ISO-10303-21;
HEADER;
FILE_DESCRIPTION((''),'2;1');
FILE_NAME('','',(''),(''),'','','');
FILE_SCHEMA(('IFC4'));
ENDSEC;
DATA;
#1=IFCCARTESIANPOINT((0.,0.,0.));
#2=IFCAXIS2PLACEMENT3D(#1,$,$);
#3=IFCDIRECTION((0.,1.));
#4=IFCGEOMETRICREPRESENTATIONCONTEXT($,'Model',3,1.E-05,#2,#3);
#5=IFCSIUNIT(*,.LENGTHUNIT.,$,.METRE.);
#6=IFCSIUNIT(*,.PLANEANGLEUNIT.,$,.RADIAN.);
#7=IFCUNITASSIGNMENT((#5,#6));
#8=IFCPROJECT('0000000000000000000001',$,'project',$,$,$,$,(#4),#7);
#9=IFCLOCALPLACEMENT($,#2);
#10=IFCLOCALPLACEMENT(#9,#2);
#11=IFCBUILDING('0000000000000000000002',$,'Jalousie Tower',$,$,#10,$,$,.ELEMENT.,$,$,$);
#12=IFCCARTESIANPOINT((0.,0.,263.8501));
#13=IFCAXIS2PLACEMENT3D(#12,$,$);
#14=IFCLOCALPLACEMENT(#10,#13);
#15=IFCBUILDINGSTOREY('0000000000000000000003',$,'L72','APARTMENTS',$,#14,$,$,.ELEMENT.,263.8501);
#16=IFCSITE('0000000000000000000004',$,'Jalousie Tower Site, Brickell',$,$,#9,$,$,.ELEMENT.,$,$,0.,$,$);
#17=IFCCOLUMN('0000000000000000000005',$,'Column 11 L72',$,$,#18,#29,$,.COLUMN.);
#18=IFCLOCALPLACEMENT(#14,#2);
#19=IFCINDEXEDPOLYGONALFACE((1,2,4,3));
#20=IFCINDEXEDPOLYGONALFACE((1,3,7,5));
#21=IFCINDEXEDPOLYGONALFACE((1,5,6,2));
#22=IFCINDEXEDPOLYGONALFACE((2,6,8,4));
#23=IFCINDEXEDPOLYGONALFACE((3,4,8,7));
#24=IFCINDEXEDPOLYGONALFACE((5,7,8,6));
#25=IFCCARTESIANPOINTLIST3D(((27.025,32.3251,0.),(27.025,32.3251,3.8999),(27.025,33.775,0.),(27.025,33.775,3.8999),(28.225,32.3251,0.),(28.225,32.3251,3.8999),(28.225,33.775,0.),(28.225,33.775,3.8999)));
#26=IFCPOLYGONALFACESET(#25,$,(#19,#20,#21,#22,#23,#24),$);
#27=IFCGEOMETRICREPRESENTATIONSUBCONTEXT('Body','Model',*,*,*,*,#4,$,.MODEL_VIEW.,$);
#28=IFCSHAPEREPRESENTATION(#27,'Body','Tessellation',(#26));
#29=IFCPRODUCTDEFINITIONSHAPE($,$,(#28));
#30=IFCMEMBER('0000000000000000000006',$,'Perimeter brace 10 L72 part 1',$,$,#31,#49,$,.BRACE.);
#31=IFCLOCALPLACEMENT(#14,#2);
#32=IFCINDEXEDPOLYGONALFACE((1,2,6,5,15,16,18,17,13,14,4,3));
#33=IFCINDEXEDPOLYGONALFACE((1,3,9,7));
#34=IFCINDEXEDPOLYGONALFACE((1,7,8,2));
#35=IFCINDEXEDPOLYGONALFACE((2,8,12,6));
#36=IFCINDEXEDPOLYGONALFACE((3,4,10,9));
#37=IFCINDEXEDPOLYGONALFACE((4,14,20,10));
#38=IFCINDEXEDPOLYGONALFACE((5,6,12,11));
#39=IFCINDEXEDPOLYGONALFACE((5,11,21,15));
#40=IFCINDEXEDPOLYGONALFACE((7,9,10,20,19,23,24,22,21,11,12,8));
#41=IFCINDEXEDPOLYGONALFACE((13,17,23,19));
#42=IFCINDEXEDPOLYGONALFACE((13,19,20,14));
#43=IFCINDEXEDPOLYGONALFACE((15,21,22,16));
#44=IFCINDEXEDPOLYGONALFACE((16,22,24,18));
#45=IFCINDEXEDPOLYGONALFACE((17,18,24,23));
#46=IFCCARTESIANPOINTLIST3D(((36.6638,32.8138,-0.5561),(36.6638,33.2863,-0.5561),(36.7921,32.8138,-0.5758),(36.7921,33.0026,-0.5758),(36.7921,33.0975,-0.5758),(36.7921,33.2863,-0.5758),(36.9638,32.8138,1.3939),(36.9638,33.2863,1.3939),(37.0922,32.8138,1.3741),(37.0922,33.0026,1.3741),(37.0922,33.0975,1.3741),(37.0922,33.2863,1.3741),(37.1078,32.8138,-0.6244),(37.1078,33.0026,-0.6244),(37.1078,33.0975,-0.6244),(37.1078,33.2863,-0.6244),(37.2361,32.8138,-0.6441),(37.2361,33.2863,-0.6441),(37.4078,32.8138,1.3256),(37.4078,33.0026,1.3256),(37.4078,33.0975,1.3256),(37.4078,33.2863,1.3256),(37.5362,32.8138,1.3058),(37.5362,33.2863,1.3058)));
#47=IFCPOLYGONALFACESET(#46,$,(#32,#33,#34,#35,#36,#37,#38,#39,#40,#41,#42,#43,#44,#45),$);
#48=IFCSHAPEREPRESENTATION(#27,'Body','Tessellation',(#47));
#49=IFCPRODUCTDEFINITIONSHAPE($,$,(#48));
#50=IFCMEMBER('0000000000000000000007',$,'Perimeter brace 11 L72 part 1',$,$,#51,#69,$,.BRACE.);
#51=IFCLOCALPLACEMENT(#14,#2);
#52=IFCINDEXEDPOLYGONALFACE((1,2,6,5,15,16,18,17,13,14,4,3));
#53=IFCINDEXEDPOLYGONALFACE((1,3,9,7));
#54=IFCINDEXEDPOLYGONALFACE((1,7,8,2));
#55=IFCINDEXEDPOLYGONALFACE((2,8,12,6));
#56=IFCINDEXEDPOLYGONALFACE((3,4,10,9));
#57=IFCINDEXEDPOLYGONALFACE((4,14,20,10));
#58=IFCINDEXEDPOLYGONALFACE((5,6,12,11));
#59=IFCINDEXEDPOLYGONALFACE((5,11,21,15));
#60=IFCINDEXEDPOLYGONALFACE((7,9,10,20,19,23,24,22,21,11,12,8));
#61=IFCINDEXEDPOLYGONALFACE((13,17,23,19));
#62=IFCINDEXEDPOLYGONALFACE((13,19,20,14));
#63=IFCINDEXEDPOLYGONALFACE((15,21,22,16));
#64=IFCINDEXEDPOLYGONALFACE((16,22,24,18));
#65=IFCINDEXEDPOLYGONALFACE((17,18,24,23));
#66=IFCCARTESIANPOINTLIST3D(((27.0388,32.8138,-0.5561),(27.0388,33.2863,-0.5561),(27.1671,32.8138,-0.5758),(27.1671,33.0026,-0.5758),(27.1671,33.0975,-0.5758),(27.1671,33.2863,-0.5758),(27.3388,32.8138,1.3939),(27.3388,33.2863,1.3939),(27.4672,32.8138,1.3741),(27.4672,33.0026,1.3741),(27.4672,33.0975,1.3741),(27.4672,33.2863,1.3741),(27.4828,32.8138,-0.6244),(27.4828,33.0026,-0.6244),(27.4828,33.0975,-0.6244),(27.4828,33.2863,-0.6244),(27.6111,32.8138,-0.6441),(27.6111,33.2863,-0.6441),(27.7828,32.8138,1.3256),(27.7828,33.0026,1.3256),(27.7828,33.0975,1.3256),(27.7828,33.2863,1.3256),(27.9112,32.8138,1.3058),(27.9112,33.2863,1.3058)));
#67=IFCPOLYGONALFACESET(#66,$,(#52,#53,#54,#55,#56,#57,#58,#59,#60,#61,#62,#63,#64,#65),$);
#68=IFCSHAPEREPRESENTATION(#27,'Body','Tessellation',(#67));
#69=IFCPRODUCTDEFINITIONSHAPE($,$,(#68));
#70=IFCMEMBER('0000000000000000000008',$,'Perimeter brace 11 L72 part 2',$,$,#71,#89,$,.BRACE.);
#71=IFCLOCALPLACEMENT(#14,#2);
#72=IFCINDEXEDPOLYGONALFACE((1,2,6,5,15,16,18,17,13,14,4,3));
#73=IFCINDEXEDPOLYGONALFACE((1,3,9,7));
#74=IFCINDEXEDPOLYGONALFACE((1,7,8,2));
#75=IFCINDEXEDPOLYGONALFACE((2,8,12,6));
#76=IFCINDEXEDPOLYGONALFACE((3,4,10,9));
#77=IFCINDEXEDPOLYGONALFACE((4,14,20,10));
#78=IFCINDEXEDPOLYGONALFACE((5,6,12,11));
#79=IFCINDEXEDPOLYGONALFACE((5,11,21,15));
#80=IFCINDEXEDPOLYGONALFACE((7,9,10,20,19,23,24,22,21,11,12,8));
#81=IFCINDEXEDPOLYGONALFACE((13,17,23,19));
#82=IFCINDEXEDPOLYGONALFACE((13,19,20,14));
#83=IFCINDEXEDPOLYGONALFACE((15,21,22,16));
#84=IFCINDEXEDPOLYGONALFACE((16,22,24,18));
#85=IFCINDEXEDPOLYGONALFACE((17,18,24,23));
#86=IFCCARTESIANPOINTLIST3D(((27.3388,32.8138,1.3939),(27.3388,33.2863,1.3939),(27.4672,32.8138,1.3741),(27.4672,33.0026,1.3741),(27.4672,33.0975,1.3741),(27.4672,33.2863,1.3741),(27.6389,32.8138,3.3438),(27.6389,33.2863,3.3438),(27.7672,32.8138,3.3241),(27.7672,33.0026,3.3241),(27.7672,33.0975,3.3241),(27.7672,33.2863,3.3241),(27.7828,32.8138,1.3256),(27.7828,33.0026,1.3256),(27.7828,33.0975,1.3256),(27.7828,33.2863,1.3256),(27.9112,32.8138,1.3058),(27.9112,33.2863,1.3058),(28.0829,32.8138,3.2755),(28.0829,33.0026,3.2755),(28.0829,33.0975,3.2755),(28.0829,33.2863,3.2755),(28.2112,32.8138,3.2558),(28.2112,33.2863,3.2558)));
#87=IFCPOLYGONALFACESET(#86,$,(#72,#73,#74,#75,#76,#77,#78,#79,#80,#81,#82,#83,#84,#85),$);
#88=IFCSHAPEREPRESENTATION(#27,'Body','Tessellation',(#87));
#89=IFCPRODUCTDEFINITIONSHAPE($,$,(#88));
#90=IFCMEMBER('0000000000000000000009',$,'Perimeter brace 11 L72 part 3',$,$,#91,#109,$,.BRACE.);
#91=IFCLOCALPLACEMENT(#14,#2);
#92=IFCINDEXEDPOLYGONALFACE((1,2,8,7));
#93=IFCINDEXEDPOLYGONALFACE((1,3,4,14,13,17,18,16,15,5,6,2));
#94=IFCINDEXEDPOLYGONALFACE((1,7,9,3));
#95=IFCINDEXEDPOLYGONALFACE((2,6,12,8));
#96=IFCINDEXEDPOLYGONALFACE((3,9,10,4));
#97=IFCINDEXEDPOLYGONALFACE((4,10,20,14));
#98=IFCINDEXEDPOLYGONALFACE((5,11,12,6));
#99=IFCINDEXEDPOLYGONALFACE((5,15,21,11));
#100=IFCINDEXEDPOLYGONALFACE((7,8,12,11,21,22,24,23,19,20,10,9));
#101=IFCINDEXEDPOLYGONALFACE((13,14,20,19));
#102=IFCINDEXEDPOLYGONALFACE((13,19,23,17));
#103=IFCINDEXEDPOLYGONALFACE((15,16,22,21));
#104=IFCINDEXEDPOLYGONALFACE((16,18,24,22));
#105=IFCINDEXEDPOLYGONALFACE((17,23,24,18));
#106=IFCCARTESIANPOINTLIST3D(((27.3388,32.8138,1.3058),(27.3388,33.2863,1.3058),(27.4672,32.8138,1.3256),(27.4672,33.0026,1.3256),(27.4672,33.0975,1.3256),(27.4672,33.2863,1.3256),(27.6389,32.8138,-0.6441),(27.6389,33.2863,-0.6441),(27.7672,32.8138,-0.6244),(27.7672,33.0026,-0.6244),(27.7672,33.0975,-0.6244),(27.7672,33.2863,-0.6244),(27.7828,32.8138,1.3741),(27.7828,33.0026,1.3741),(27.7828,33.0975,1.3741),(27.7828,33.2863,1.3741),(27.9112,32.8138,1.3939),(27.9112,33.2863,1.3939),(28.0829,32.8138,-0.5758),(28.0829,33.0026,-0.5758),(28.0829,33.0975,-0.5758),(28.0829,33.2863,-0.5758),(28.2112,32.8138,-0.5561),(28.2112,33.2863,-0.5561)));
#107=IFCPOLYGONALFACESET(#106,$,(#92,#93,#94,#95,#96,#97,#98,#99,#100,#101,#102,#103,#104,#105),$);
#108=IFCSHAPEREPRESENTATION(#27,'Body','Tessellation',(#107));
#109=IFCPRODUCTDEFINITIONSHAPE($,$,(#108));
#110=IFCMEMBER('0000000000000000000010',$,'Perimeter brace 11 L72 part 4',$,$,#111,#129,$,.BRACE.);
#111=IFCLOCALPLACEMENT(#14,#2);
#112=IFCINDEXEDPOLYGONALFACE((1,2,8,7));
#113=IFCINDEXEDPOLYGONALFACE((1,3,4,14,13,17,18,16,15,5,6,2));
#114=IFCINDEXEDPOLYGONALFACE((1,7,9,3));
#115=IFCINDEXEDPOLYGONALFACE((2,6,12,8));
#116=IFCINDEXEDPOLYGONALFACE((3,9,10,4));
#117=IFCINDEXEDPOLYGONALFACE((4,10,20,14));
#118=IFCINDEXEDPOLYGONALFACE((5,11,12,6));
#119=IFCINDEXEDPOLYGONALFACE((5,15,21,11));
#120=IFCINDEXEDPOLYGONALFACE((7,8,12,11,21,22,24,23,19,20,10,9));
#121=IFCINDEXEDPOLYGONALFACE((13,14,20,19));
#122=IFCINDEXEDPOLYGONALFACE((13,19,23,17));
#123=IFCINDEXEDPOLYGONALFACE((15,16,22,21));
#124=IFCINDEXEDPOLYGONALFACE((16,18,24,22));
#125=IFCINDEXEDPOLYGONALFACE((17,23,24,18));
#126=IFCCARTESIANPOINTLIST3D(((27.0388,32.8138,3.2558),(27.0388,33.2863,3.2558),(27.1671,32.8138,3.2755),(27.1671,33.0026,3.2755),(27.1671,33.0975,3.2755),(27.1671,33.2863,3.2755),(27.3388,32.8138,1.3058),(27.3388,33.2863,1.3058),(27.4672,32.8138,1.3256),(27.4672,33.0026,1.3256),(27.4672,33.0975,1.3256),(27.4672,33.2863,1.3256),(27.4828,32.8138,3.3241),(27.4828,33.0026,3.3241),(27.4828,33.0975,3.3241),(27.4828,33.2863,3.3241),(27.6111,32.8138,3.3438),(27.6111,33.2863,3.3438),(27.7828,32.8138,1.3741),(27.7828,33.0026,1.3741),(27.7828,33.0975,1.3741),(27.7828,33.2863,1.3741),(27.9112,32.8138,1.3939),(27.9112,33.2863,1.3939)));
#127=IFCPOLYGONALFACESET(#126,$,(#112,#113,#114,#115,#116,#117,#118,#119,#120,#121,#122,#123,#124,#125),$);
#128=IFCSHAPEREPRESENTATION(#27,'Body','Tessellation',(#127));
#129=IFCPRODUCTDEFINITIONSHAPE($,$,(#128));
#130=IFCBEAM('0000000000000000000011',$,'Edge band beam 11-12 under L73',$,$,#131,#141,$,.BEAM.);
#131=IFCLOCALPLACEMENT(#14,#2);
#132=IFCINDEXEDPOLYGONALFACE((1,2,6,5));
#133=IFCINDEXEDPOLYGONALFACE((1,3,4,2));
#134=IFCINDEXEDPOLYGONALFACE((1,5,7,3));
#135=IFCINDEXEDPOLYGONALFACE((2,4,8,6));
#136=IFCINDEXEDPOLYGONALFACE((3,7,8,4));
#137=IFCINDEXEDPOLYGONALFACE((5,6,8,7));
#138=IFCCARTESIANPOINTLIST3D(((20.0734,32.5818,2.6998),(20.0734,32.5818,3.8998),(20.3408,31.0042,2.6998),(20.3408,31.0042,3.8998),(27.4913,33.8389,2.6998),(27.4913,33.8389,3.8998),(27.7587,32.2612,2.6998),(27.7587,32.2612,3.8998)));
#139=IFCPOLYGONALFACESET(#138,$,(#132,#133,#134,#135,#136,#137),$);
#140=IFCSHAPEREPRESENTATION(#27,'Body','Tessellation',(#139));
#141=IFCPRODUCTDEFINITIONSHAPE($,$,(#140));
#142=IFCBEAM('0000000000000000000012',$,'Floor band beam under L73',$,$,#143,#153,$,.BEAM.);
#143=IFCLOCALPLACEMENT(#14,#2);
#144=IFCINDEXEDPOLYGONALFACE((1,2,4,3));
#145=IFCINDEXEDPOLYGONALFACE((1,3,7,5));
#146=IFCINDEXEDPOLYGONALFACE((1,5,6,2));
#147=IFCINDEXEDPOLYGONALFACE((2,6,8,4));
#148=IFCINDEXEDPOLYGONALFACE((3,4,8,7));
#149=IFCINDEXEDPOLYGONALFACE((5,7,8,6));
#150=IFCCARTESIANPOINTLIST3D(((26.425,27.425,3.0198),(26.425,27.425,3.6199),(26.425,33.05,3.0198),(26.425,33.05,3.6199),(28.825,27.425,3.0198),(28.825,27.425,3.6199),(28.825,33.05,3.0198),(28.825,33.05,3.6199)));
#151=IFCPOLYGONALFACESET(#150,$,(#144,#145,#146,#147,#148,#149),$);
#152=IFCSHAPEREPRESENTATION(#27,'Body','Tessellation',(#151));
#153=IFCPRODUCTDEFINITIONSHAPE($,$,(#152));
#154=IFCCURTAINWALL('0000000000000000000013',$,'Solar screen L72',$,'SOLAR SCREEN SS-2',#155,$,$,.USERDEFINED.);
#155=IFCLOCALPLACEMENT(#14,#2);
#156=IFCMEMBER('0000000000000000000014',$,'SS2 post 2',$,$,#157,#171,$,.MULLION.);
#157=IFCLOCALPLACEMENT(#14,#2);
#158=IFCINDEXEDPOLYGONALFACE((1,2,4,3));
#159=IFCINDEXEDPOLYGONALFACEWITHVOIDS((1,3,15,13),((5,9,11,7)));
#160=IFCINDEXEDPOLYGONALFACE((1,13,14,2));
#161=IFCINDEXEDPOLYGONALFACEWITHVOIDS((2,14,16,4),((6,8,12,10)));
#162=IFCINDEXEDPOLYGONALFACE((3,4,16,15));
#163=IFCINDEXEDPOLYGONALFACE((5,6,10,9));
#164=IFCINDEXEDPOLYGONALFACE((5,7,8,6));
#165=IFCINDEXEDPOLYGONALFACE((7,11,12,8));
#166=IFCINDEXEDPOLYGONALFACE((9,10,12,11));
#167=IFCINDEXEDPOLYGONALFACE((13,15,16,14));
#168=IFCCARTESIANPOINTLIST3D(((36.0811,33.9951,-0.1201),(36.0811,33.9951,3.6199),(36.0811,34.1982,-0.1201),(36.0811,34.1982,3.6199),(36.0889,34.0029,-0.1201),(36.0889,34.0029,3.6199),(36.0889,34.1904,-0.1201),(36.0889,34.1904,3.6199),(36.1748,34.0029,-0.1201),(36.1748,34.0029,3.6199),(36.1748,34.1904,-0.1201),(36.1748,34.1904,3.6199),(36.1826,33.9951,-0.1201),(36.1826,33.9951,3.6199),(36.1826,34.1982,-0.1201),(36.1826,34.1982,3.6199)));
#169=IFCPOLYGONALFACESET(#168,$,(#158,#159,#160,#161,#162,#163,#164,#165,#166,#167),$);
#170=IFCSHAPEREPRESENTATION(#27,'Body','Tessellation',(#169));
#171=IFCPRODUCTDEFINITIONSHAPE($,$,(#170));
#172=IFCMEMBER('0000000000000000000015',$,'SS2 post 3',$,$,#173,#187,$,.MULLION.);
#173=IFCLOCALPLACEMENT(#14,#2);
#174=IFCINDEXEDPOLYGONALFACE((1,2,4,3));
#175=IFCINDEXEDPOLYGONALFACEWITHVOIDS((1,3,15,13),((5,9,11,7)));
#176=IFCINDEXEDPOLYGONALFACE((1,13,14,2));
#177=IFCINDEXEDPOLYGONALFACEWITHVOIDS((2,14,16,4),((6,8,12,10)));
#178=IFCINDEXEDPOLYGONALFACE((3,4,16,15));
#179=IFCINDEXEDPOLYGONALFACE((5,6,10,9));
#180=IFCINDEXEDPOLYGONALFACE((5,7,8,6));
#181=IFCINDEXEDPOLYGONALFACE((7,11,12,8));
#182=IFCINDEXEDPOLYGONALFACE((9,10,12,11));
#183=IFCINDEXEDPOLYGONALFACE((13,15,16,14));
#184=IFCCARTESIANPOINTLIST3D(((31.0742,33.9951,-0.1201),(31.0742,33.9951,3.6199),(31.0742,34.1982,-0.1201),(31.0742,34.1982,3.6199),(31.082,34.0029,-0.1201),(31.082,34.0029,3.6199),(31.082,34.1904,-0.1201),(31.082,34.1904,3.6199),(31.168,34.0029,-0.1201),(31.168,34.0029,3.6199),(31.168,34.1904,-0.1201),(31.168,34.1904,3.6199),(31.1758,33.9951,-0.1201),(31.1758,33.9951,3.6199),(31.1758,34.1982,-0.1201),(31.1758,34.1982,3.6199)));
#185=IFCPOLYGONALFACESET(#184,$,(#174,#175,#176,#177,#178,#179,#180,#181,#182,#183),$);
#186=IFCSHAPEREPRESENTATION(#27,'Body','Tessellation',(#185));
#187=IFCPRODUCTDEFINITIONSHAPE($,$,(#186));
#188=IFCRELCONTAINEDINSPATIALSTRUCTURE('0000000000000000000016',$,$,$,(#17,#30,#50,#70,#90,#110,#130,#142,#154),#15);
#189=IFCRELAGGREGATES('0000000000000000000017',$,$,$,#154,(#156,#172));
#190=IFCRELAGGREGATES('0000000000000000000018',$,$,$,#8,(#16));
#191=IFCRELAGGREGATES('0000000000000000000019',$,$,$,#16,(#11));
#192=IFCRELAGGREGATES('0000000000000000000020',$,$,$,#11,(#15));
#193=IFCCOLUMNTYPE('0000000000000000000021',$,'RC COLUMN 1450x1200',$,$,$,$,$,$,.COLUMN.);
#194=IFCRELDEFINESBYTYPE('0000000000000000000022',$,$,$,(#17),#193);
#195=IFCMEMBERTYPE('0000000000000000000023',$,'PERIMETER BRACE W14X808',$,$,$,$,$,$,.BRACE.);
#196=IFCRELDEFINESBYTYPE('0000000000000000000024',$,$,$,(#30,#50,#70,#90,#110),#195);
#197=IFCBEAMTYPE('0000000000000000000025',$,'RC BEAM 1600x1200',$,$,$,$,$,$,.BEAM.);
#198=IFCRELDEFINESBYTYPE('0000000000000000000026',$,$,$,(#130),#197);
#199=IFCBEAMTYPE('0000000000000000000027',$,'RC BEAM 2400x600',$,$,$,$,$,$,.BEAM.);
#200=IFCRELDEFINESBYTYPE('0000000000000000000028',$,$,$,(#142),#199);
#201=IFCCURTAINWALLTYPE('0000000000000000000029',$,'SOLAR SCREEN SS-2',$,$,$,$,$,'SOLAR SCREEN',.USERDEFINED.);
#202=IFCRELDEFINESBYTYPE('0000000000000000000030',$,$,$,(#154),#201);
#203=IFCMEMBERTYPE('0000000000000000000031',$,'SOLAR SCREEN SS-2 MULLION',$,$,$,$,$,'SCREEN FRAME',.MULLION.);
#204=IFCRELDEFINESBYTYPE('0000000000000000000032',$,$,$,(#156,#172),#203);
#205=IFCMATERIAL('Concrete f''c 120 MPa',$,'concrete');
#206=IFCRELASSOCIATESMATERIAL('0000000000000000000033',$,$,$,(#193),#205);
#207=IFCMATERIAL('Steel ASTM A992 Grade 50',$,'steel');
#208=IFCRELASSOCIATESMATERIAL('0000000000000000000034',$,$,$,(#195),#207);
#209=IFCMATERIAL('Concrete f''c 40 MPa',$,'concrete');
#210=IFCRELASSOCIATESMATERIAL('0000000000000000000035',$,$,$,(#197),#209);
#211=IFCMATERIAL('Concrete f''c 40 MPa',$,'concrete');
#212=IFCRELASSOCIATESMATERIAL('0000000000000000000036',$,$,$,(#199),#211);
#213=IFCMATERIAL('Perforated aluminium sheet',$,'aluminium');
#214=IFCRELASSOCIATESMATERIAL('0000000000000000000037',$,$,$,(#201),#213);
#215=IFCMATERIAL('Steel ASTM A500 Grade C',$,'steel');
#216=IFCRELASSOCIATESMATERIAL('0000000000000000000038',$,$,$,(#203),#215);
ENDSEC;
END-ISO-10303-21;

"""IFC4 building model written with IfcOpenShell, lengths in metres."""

from ifc_helpers import new_model, si_unit, direction, frame, origin, origin_2d, place, context, subcontext, project, spatial, rectangle, hollow_rectangle, i_section, extrude, material, material_profile, profile_set, type_object, element, aggregate, save


model = new_model("IFC4")

# Units and contexts
model_context = context("Model", 3, precision=1e-05, world=origin(), true_north=direction((0.0, 1.0)))
body_context = subcontext(model_context, "Body", "Model", "MODEL_VIEW")
ifc_project = project(units=[si_unit("LENGTHUNIT", "METRE"), si_unit("PLANEANGLEUNIT", "RADIAN")], contexts=[model_context])

# Site, building, storey
site_placement = place(None, origin())
site = spatial("IfcSite", under=ifc_project, at=site_placement, Name="Jalousie Tower Site, Brickell", CompositionType="ELEMENT", RefElevation=0.0)
building_placement = place(site_placement, origin())
building = spatial("IfcBuilding", under=site, at=building_placement, Name="Jalousie Tower", CompositionType="ELEMENT")
storey_placement = place(building_placement, frame((0.0, 0.0, 263.8501)))
storey = spatial("IfcBuildingStorey", under=building, at=storey_placement, Name="L72", Description="APARTMENTS", CompositionType="ELEMENT", Elevation=263.8501)

# Column
ifc_material_1 = material(Name="Concrete f'c 120 MPa", Category="concrete")
ifc_material_profile_1 = material_profile(ifc_material_1, rectangle(XDim=1.45, YDim=1.2, at=origin_2d()), Name="RC 1450x1200")
ifc_profile_set_1 = profile_set([ifc_material_profile_1], Name="Concrete f'c 120 MPa")
column_type = type_object("IfcColumnType", Name="RC COLUMN 1450x1200", PredefinedType="COLUMN", material=ifc_profile_set_1)
column_placement = place(storey_placement, frame((27.625, 33.05, 0.0), z_axis=(0.0, 0.0, 1.0), x_axis=(0.0, 1.0, 0.0)))
element("IfcColumn", 1, at=column_placement, inside=storey, type_object=column_type, Name="Column 11 L72", PredefinedType="COLUMN", context=body_context, shape_type="SweptSolid", body=[
    extrude(rectangle(XDim=1.45, YDim=1.2, at=origin_2d()), origin(), (0.0, 0.0, 1.0), 3.8999),
])

# Members
ifc_material_2 = material(Name="Steel ASTM A992 Grade 50", Category="steel")
ifc_material_profile_2 = material_profile(ifc_material_2, i_section(OverallWidth=0.4724, OverallDepth=0.5791, WebThickness=0.095, FlangeThickness=0.1299, at=origin_2d()), Name="W14X808")
ifc_profile_set_2 = profile_set([ifc_material_profile_2], Name="Steel ASTM A992 Grade 50")
member_type_1 = type_object("IfcMemberType", Name="PERIMETER BRACE W14X808", PredefinedType="BRACE", material=ifc_profile_set_2)
for number, where, z_axis, x_axis, name in (
    (2, (36.95, 33.05, -0.6001), (0.152085, 0.0, 0.988367), (0.0, 1.0, 0.0), "Perimeter brace 10 L72 part 1"),
    (3, (27.325, 33.05, -0.6001), (0.152085, 0.0, 0.988367), (0.0, 1.0, 0.0), "Perimeter brace 11 L72 part 1"),
    (4, (27.625, 33.05, 1.3499), (0.152085, 0.0, 0.988367), (0.0, 1.0, 0.0), "Perimeter brace 11 L72 part 2"),
    (5, (27.925, 33.05, -0.6001), (-0.152085, 0.0, 0.988367), (0.0, -1.0, 0.0), "Perimeter brace 11 L72 part 3"),
    (6, (27.625, 33.05, 1.3499), (-0.152085, 0.0, 0.988367), (0.0, -1.0, 0.0), "Perimeter brace 11 L72 part 4"),
):
    element("IfcMember", number, at=place(storey_placement, frame(where, z_axis=z_axis, x_axis=x_axis)), inside=storey, type_object=member_type_1, Name=name, PredefinedType="BRACE", context=body_context, shape_type="SweptSolid", body=[
        extrude(i_section(OverallWidth=0.4724, OverallDepth=0.5791, WebThickness=0.095, FlangeThickness=0.1299, at=origin_2d()), origin(), (0.0, 0.0, 1.0), 1.9729),
    ])

# Beams
ifc_material_3 = material(Name="Concrete f'c 40 MPa", Category="concrete")
ifc_material_profile_3 = material_profile(ifc_material_3, rectangle(XDim=1.6001, YDim=1.2, at=origin_2d()), Name="RC 1600x1200")
ifc_profile_set_3 = profile_set([ifc_material_profile_3], Name="Concrete f'c 40 MPa")
beam_type_1 = type_object("IfcBeamType", Name="RC BEAM 1600x1200", PredefinedType="BEAM", material=ifc_profile_set_3)
beam_1_placement = place(storey_placement, frame((27.625, 33.05, 3.2998), z_axis=(-0.985943, -0.167082, 0.0), x_axis=(0.167082, -0.985943, 0.0)))
element("IfcBeam", 7, at=beam_1_placement, inside=storey, type_object=beam_type_1, Name="Edge band beam 11-12 under L73", PredefinedType="BEAM", context=body_context, shape_type="SweptSolid", body=[
    extrude(rectangle(XDim=1.6001, YDim=1.2, at=origin_2d()), origin(), (0.0, 0.0, 1.0), 7.5237),
])
ifc_material_4 = material(Name="Concrete f'c 40 MPa", Category="concrete")
ifc_material_profile_4 = material_profile(ifc_material_4, rectangle(XDim=2.3999, YDim=0.6001, at=origin_2d()), Name="RC 2400x600")
ifc_profile_set_4 = profile_set([ifc_material_profile_4], Name="Concrete f'c 40 MPa")
beam_type_2 = type_object("IfcBeamType", Name="RC BEAM 2400x600", PredefinedType="BEAM", material=ifc_profile_set_4)
beam_2_placement = place(storey_placement, frame((27.625, 33.05, 3.3198), z_axis=(0.0, -1.0, 0.0), x_axis=(1.0, 0.0, 0.0)))
element("IfcBeam", 8, at=beam_2_placement, inside=storey, type_object=beam_type_2, Name="Floor band beam under L73", PredefinedType="BEAM", context=body_context, shape_type="SweptSolid", body=[
    extrude(rectangle(XDim=2.3999, YDim=0.6001, at=origin_2d()), origin(), (0.0, 0.0, 1.0), 5.625),
])

# Curtain wall, members
ifc_material_5 = material(Name="Perforated aluminium sheet", Category="aluminium")
curtain_wall_type = type_object("IfcCurtainWallType", Name="SOLAR SCREEN SS-2", ElementType="SOLAR SCREEN", PredefinedType="USERDEFINED", material=ifc_material_5)
curtain_wall_1_placement = place(storey_placement, origin())
curtain_wall_1 = element("IfcCurtainWall", 9, at=curtain_wall_1_placement, inside=storey, type_object=curtain_wall_type, Name="Solar screen L72", ObjectType="SOLAR SCREEN SS-2", PredefinedType="USERDEFINED")
ifc_material_6 = material(Name="Steel ASTM A500 Grade C", Category="steel")
ifc_material_profile_5 = material_profile(ifc_material_6, hollow_rectangle(XDim=0.1016, YDim=0.2031, WallThickness=0.0078, at=origin_2d()), Name="HSS8X4X5/16")
ifc_profile_set_5 = profile_set([ifc_material_profile_5], Name="Steel ASTM A500 Grade C")
member_type_2 = type_object("IfcMemberType", Name="SOLAR SCREEN SS-2 MULLION", ElementType="SCREEN FRAME", PredefinedType="MULLION", material=ifc_profile_set_5)
member_1_placement = place(storey_placement, frame((36.1318, 34.0967, -0.1201), z_axis=(0.0, 0.0, 1.0), x_axis=(-1.0, 0.0, 0.0)))
member_1 = element("IfcMember", 10, at=member_1_placement, type_object=member_type_2, Name="SS2 post 2", PredefinedType="MULLION", context=body_context, shape_type="SweptSolid", body=[
    extrude(hollow_rectangle(XDim=0.1016, YDim=0.2031, WallThickness=0.0078, at=origin_2d()), origin(), (0.0, 0.0, 1.0), 3.74),
])
member_2_placement = place(storey_placement, frame((31.125, 34.0967, -0.1201), z_axis=(0.0, 0.0, 1.0), x_axis=(-1.0, 0.0, 0.0)))
member_2 = element("IfcMember", 11, at=member_2_placement, type_object=member_type_2, Name="SS2 post 3", PredefinedType="MULLION", context=body_context, shape_type="SweptSolid", body=[
    extrude(hollow_rectangle(XDim=0.1016, YDim=0.2031, WallThickness=0.0078, at=origin_2d()), origin(), (0.0, 0.0, 1.0), 3.74),
])

aggregate(curtain_wall_1, [member_1, member_2])

save(model, "model.ifc")
